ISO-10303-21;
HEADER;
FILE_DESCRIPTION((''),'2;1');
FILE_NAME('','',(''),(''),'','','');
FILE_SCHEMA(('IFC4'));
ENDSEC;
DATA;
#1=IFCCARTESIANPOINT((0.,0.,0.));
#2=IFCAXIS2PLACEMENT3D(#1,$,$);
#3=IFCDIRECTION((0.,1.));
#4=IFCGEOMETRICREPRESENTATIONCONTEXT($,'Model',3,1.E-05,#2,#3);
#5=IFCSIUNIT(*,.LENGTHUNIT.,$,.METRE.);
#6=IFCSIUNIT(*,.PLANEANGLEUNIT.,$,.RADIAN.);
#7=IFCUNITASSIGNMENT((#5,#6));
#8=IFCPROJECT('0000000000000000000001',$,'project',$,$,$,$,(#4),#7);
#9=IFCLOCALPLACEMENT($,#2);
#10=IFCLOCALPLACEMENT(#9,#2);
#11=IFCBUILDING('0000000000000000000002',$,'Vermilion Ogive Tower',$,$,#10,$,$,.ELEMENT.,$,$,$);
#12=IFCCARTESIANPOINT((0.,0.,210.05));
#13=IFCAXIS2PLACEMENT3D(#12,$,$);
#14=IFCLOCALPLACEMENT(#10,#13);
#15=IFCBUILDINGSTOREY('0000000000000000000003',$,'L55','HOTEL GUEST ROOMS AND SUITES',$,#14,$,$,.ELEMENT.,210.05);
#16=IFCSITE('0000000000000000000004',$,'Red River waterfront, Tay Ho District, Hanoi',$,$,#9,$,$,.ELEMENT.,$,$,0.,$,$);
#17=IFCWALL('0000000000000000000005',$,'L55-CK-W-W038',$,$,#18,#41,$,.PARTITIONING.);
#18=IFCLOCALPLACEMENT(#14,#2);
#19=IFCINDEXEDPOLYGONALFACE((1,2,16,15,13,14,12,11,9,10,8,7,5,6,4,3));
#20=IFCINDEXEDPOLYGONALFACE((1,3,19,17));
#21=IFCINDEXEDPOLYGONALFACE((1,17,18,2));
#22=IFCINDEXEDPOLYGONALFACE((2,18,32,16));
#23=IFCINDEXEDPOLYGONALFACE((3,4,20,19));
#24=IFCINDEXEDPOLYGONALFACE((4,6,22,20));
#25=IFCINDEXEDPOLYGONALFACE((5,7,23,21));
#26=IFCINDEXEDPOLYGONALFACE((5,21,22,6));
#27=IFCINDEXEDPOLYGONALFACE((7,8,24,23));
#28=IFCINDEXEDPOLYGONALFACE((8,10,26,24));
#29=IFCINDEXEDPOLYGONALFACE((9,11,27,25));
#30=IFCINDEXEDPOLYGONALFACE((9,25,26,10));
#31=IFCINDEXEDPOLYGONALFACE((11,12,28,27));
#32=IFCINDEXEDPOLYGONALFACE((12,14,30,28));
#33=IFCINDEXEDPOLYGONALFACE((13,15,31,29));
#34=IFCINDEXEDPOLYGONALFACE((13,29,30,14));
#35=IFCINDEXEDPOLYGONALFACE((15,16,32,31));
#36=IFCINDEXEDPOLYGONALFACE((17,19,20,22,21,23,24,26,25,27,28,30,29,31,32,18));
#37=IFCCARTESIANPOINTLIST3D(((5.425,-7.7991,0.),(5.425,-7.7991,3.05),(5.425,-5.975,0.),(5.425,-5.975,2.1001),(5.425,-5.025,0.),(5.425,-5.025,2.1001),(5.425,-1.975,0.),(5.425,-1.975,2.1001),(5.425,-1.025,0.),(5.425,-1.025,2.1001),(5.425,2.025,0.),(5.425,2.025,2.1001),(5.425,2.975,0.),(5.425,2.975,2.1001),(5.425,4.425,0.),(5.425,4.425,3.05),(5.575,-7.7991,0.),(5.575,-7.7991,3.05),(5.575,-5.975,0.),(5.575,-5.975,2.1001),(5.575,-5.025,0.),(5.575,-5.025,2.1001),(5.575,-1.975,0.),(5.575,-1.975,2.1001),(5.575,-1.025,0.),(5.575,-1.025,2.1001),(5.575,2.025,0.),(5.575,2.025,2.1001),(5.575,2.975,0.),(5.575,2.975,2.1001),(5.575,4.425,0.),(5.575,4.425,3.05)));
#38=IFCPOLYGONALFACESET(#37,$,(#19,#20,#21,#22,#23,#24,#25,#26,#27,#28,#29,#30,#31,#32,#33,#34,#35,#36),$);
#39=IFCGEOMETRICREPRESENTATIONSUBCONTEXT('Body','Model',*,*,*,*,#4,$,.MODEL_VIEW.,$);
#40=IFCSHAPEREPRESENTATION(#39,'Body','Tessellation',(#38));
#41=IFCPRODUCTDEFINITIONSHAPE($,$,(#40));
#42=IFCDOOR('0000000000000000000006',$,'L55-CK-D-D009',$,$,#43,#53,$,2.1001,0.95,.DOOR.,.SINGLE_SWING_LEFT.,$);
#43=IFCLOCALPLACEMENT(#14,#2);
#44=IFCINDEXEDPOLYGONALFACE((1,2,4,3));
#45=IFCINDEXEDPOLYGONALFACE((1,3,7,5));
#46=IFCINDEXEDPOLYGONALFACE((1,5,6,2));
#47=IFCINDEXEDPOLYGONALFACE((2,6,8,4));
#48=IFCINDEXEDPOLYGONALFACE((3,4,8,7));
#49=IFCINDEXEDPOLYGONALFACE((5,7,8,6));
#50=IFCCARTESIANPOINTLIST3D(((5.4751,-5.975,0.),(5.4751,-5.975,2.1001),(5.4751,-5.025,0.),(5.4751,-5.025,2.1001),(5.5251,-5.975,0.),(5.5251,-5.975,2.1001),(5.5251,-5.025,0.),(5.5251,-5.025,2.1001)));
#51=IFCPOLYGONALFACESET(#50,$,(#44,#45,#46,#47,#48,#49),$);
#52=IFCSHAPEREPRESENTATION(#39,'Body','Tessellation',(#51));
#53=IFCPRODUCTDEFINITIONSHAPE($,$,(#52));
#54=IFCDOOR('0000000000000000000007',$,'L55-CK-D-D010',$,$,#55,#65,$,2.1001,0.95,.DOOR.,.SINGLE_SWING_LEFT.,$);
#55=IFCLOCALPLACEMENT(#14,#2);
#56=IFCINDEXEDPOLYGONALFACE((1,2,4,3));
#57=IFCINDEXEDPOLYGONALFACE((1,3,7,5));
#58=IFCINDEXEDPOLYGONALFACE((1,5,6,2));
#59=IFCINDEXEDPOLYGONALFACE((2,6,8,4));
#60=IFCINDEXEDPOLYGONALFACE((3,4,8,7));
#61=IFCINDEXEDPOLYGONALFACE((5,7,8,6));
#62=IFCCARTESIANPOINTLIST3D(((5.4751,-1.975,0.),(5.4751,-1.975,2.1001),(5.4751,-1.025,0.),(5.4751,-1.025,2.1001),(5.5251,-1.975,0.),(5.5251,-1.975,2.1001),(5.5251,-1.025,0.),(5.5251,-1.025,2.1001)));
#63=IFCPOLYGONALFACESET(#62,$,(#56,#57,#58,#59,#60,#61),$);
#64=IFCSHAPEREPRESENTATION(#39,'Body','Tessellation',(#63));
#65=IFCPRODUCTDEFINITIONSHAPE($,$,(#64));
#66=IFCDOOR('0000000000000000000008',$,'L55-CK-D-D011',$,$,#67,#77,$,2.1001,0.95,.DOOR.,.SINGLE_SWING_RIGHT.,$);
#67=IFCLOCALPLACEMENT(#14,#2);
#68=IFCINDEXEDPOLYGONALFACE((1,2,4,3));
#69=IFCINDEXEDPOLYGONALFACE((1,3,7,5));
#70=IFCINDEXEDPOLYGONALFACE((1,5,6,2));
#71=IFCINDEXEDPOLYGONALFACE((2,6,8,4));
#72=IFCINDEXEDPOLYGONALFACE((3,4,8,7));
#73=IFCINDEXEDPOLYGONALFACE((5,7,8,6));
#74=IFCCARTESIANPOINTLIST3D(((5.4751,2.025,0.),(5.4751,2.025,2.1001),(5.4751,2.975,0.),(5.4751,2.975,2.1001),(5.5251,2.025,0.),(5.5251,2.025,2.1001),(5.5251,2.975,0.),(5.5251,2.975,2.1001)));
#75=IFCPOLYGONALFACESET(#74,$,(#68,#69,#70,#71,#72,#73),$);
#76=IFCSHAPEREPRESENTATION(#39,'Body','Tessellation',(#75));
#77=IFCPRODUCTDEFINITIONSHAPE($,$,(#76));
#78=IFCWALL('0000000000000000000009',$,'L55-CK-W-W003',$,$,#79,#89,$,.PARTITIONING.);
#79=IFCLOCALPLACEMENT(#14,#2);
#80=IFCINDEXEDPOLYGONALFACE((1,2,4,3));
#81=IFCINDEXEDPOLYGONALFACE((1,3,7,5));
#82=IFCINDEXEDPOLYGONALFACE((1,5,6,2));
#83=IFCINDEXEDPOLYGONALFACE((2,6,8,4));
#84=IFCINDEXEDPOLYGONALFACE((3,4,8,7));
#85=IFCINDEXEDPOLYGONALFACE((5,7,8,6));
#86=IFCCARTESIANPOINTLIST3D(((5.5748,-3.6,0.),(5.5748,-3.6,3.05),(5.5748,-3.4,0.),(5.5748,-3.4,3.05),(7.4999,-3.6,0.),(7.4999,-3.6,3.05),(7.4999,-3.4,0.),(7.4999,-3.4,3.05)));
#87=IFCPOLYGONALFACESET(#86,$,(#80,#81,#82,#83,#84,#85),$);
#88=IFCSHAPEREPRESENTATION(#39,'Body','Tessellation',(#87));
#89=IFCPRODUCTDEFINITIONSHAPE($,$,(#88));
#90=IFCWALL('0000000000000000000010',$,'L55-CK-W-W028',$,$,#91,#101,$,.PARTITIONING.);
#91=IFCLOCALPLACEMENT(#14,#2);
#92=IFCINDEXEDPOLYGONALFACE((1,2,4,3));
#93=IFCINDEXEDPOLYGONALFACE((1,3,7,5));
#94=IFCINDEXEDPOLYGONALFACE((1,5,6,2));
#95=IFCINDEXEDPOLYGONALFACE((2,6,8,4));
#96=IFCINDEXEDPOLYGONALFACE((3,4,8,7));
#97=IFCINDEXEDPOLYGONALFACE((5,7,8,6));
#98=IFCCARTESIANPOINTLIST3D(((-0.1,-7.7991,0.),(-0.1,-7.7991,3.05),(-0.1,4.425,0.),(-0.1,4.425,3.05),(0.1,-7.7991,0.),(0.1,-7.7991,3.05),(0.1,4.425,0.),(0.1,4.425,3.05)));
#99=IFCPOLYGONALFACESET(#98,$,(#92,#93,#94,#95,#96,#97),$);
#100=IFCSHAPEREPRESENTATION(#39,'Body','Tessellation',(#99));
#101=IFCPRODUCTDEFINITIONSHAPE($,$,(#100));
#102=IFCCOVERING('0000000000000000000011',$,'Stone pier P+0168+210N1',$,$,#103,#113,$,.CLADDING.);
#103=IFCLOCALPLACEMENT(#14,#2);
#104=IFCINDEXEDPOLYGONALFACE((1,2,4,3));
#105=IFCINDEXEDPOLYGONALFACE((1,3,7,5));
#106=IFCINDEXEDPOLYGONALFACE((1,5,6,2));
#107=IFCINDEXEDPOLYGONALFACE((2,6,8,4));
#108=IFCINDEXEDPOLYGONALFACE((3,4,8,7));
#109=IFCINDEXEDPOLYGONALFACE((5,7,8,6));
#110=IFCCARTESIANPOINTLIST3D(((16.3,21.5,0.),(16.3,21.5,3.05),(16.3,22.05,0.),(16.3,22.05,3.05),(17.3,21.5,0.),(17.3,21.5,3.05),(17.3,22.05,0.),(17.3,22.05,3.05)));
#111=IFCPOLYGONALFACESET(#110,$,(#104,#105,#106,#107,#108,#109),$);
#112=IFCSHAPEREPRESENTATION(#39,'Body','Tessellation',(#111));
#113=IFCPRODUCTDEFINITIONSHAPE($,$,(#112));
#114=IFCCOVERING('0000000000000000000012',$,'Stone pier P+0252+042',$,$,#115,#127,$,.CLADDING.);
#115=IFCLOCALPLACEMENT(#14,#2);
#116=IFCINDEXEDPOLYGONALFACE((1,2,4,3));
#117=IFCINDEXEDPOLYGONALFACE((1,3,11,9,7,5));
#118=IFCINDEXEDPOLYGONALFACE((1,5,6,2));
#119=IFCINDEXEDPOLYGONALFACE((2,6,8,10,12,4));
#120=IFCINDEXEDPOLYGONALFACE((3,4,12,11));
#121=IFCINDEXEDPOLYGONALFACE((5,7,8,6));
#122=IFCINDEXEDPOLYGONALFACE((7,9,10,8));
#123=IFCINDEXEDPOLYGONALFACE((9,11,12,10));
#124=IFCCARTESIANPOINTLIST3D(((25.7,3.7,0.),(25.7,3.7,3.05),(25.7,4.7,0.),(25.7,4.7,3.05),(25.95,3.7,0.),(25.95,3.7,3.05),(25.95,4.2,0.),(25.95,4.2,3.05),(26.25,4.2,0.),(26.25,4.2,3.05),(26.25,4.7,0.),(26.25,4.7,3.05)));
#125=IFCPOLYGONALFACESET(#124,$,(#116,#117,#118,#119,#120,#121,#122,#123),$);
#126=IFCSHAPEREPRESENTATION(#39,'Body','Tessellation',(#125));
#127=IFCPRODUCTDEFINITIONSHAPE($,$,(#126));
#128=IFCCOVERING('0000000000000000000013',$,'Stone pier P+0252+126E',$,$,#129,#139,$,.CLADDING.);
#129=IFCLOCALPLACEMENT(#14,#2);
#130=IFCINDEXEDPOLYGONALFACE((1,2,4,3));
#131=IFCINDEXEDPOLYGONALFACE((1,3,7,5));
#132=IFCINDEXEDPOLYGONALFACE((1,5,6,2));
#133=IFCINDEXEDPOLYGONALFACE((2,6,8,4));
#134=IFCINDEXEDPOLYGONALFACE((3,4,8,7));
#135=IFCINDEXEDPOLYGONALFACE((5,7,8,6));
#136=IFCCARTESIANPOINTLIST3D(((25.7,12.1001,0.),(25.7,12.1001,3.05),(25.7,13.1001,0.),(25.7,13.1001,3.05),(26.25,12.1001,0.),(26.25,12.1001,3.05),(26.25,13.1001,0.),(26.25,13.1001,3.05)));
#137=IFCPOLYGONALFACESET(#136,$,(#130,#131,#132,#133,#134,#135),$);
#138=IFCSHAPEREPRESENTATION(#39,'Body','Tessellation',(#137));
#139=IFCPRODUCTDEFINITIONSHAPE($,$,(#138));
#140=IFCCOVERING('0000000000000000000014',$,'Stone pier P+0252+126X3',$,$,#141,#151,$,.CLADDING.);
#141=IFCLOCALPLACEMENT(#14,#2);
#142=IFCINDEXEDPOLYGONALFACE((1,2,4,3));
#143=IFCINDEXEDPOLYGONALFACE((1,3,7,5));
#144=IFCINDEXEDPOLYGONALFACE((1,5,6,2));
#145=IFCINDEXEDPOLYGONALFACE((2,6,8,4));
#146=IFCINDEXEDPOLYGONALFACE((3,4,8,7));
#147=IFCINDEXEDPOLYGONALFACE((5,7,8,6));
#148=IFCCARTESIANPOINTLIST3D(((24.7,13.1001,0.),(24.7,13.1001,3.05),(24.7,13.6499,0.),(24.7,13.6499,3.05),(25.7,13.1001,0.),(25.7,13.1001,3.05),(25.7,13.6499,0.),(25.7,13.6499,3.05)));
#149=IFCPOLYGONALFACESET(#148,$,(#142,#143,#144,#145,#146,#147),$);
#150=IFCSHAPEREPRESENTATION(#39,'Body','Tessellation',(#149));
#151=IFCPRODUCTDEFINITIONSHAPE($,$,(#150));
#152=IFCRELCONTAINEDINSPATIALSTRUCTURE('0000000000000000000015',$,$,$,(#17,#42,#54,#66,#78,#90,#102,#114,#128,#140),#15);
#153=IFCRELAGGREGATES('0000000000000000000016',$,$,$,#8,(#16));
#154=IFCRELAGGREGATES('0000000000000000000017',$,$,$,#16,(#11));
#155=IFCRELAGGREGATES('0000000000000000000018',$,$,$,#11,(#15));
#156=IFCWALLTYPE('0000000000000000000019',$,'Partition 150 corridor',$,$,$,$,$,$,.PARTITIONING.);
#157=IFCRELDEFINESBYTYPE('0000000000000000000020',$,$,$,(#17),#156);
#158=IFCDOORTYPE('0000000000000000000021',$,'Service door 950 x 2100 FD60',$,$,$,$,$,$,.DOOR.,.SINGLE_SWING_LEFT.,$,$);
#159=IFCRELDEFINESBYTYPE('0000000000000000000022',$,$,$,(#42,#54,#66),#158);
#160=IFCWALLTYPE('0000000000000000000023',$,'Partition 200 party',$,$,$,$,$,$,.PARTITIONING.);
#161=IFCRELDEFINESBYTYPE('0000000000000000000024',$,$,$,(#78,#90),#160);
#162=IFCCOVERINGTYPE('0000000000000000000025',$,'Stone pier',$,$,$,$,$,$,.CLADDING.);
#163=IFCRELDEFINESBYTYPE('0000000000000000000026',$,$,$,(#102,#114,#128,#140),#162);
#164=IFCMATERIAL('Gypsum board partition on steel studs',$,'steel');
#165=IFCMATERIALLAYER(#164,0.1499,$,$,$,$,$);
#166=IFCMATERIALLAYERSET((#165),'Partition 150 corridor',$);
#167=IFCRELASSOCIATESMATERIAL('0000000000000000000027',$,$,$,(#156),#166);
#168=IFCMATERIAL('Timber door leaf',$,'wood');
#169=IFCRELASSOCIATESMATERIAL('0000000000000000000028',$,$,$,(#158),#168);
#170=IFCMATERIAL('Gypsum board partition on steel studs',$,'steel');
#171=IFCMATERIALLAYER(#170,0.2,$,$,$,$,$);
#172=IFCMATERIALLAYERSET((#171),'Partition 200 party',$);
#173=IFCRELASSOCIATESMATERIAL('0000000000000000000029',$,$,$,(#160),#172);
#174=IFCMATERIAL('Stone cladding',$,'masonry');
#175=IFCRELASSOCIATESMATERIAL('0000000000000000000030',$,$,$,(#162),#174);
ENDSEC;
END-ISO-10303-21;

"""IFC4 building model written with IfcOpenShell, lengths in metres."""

from ifc_helpers import new_model, si_unit, direction, frame, frame_2d, origin, place, context, subcontext, project, spatial, polyline, rectangle, outline, extrude, material, layer, layer_set, type_object, element, fill, save


model = new_model("IFC4")

# Units and contexts
model_context = context("Model", 3, precision=1e-05, world=origin(), true_north=direction((0.0, 1.0)))
body_context = subcontext(model_context, "Body", "Model", "MODEL_VIEW")
ifc_project = project(units=[si_unit("LENGTHUNIT", "METRE"), si_unit("PLANEANGLEUNIT", "RADIAN")], contexts=[model_context])

# Site, building, storey
site_placement = place(None, origin())
site = spatial("IfcSite", under=ifc_project, at=site_placement, Name="Red River waterfront, Tay Ho District, Hanoi", CompositionType="ELEMENT", RefElevation=0.0)
building_placement = place(site_placement, origin())
building = spatial("IfcBuilding", under=site, at=building_placement, Name="Vermilion Ogive Tower", CompositionType="ELEMENT")
storey_placement = place(building_placement, frame((0.0, 0.0, 210.05)))
storey = spatial("IfcBuildingStorey", under=building, at=storey_placement, Name="L55", Description="HOTEL GUEST ROOMS AND SUITES", CompositionType="ELEMENT", Elevation=210.05)

# Shared definitions
ifc_material_1 = material(Name="Gypsum board partition on steel studs", Category="steel")
ifc_layer_1 = layer(ifc_material_1, 0.1499)
ifc_layer_set_1 = layer_set([ifc_layer_1], Name="Partition 150 corridor")
wall_type_1 = type_object("IfcWallType", Name="Partition 150 corridor", PredefinedType="PARTITIONING", material=ifc_layer_set_1)

# Shared definitions
ifc_material_2 = material(Name="Timber door leaf", Category="wood")
door_type_1 = type_object("IfcDoorType", Name="Service door 950 x 2100 FD60", OperationType="SINGLE_SWING_LEFT", PredefinedType="DOOR", material=ifc_material_2)

# Wall, openings, doors
wall_1_placement = place(storey_placement, frame((5.5, -7.7991, 0.0), z_axis=(0.0, 0.0, 1.0), x_axis=(0.0, 1.0, 0.0)))
wall_1 = element("IfcWall", 1, at=wall_1_placement, inside=storey, type_object=wall_type_1, Name="L55-CK-W-W038", PredefinedType="PARTITIONING", context=body_context, shape_type="SweptSolid", body=[
    extrude(rectangle(XDim=12.2241, YDim=0.1499, at=frame_2d((6.1121, 0.0))), origin(), (0.0, 0.0, 1.0), 3.05),
])
opening_1_placement = place(wall_1_placement, frame((1.824, 0.0, 0.0)))
opening_1 = element("IfcOpeningElement", 2, at=opening_1_placement, cuts=wall_1, PredefinedType="OPENING", context=body_context, shape_type="SweptSolid", body=[
    extrude(rectangle(XDim=0.95, YDim=2.1001, at=frame_2d((0.4751, 1.05))), frame((0.0, 0.085, 0.0), z_axis=(0.0, -1.0, 0.0), x_axis=(1.0, 0.0, 0.0)), (0.0, 0.0, 1.0), 0.1699),
])
opening_2_placement = place(wall_1_placement, frame((5.824, 0.0, 0.0)))
opening_2 = element("IfcOpeningElement", 3, at=opening_2_placement, cuts=wall_1, PredefinedType="OPENING", context=body_context, shape_type="SweptSolid", body=[
    extrude(rectangle(XDim=0.95, YDim=2.1001, at=frame_2d((0.4751, 1.05))), frame((0.0, 0.085, 0.0), z_axis=(0.0, -1.0, 0.0), x_axis=(1.0, 0.0, 0.0)), (0.0, 0.0, 1.0), 0.1699),
])
opening_3_placement = place(wall_1_placement, frame((9.824, 0.0, 0.0)))
opening_3 = element("IfcOpeningElement", 4, at=opening_3_placement, cuts=wall_1, PredefinedType="OPENING", context=body_context, shape_type="SweptSolid", body=[
    extrude(rectangle(XDim=0.95, YDim=2.1001, at=frame_2d((0.4751, 1.05))), frame((0.0, 0.085, 0.0), z_axis=(0.0, -1.0, 0.0), x_axis=(1.0, 0.0, 0.0)), (0.0, 0.0, 1.0), 0.1699),
])
door_1_placement = place(opening_1_placement, origin())
door_1 = element("IfcDoor", 5, at=door_1_placement, inside=storey, type_object=door_type_1, Name="L55-CK-D-D009", OperationType="SINGLE_SWING_LEFT", OverallHeight=2.1001, OverallWidth=0.95, PredefinedType="DOOR", context=body_context, shape_type="SweptSolid", body=[
    extrude(rectangle(XDim=0.95, YDim=2.1001, at=frame_2d((0.4751, 1.05))), frame((0.0, 0.0249, 0.0), z_axis=(0.0, -1.0, 0.0), x_axis=(1.0, 0.0, 0.0)), (0.0, 0.0, 1.0), 0.05),
])
fill(opening_1, door_1)
door_2_placement = place(opening_2_placement, origin())
door_2 = element("IfcDoor", 6, at=door_2_placement, inside=storey, type_object=door_type_1, Name="L55-CK-D-D010", OperationType="SINGLE_SWING_LEFT", OverallHeight=2.1001, OverallWidth=0.95, PredefinedType="DOOR", context=body_context, shape_type="SweptSolid", body=[
    extrude(rectangle(XDim=0.95, YDim=2.1001, at=frame_2d((0.4751, 1.05))), frame((0.0, 0.0249, 0.0), z_axis=(0.0, -1.0, 0.0), x_axis=(1.0, 0.0, 0.0)), (0.0, 0.0, 1.0), 0.05),
])
fill(opening_2, door_2)
door_3_placement = place(opening_3_placement, origin())
door_3 = element("IfcDoor", 7, at=door_3_placement, inside=storey, type_object=door_type_1, Name="L55-CK-D-D011", OperationType="SINGLE_SWING_RIGHT", OverallHeight=2.1001, OverallWidth=0.95, PredefinedType="DOOR", context=body_context, shape_type="SweptSolid", body=[
    extrude(rectangle(XDim=0.95, YDim=2.1001, at=frame_2d((0.4751, 1.05))), frame((0.0, 0.0249, 0.0), z_axis=(0.0, -1.0, 0.0), x_axis=(1.0, 0.0, 0.0)), (0.0, 0.0, 1.0), 0.05),
])
fill(opening_3, door_3)

# Walls
ifc_material_3 = material(Name="Gypsum board partition on steel studs", Category="steel")
ifc_layer_2 = layer(ifc_material_3, 0.2)
ifc_layer_set_2 = layer_set([ifc_layer_2], Name="Partition 200 party")
wall_type_2 = type_object("IfcWallType", Name="Partition 200 party", PredefinedType="PARTITIONING", material=ifc_layer_set_2)
wall_2_placement = place(storey_placement, frame((5.575, -3.5, 0.0), z_axis=(0.0, 0.0, 1.0), x_axis=(1.0, 0.0, 0.0)))
element("IfcWall", 8, at=wall_2_placement, inside=storey, type_object=wall_type_2, Name="L55-CK-W-W003", PredefinedType="PARTITIONING", context=body_context, shape_type="SweptSolid", body=[
    extrude(rectangle(XDim=1.925, YDim=0.2, at=frame_2d((0.9624, 0.0))), origin(), (0.0, 0.0, 1.0), 3.05),
])
wall_3_placement = place(storey_placement, frame((0.0, -7.7991, 0.0), z_axis=(0.0, 0.0, 1.0), x_axis=(0.0, 1.0, 0.0)))
element("IfcWall", 9, at=wall_3_placement, inside=storey, type_object=wall_type_2, Name="L55-CK-W-W028", PredefinedType="PARTITIONING", context=body_context, shape_type="SweptSolid", body=[
    extrude(rectangle(XDim=12.2241, YDim=0.2, at=frame_2d((6.1121, 0.0))), origin(), (0.0, 0.0, 1.0), 3.05),
])

# Coverings
ifc_material_4 = material(Name="Stone cladding", Category="masonry")
covering_type = type_object("IfcCoveringType", Name="Stone pier", PredefinedType="CLADDING", material=ifc_material_4)
covering_1_placement = place(storey_placement, origin())
element("IfcCovering", 10, at=covering_1_placement, inside=storey, type_object=covering_type, Name="Stone pier P+0168+210N1", PredefinedType="CLADDING", context=body_context, shape_type="SweptSolid", body=[
    extrude(outline(polyline([(17.3, 22.05), (17.3, 21.5), (16.3, 21.5), (16.3, 22.05), (17.3, 22.05)])), origin(), (0.0, 0.0, 1.0), 3.05),
])
covering_2_placement = place(storey_placement, origin())
element("IfcCovering", 11, at=covering_2_placement, inside=storey, type_object=covering_type, Name="Stone pier P+0252+042", PredefinedType="CLADDING", context=body_context, shape_type="SweptSolid", body=[
    extrude(outline(polyline([(25.7, 4.7), (26.25, 4.7), (26.25, 4.2), (25.95, 4.2), (25.95, 3.7), (25.7, 3.7), (25.7, 4.7), (25.7, 4.7)])), origin(), (0.0, 0.0, 1.0), 3.05),
])
covering_3_placement = place(storey_placement, origin())
element("IfcCovering", 12, at=covering_3_placement, inside=storey, type_object=covering_type, Name="Stone pier P+0252+126E", PredefinedType="CLADDING", context=body_context, shape_type="SweptSolid", body=[
    extrude(outline(polyline([(26.25, 13.1001), (26.25, 12.1001), (25.7, 12.1001), (25.7, 13.1001), (26.25, 13.1001)])), origin(), (0.0, 0.0, 1.0), 3.05),
])
covering_4_placement = place(storey_placement, origin())
element("IfcCovering", 13, at=covering_4_placement, inside=storey, type_object=covering_type, Name="Stone pier P+0252+126X3", PredefinedType="CLADDING", context=body_context, shape_type="SweptSolid", body=[
    extrude(outline(polyline([(25.7, 13.6499), (25.7, 13.1001), (24.7, 13.1001), (24.7, 13.6499), (25.7, 13.6499)])), origin(), (0.0, 0.0, 1.0), 3.05),
])

save(model, "model.ifc")
